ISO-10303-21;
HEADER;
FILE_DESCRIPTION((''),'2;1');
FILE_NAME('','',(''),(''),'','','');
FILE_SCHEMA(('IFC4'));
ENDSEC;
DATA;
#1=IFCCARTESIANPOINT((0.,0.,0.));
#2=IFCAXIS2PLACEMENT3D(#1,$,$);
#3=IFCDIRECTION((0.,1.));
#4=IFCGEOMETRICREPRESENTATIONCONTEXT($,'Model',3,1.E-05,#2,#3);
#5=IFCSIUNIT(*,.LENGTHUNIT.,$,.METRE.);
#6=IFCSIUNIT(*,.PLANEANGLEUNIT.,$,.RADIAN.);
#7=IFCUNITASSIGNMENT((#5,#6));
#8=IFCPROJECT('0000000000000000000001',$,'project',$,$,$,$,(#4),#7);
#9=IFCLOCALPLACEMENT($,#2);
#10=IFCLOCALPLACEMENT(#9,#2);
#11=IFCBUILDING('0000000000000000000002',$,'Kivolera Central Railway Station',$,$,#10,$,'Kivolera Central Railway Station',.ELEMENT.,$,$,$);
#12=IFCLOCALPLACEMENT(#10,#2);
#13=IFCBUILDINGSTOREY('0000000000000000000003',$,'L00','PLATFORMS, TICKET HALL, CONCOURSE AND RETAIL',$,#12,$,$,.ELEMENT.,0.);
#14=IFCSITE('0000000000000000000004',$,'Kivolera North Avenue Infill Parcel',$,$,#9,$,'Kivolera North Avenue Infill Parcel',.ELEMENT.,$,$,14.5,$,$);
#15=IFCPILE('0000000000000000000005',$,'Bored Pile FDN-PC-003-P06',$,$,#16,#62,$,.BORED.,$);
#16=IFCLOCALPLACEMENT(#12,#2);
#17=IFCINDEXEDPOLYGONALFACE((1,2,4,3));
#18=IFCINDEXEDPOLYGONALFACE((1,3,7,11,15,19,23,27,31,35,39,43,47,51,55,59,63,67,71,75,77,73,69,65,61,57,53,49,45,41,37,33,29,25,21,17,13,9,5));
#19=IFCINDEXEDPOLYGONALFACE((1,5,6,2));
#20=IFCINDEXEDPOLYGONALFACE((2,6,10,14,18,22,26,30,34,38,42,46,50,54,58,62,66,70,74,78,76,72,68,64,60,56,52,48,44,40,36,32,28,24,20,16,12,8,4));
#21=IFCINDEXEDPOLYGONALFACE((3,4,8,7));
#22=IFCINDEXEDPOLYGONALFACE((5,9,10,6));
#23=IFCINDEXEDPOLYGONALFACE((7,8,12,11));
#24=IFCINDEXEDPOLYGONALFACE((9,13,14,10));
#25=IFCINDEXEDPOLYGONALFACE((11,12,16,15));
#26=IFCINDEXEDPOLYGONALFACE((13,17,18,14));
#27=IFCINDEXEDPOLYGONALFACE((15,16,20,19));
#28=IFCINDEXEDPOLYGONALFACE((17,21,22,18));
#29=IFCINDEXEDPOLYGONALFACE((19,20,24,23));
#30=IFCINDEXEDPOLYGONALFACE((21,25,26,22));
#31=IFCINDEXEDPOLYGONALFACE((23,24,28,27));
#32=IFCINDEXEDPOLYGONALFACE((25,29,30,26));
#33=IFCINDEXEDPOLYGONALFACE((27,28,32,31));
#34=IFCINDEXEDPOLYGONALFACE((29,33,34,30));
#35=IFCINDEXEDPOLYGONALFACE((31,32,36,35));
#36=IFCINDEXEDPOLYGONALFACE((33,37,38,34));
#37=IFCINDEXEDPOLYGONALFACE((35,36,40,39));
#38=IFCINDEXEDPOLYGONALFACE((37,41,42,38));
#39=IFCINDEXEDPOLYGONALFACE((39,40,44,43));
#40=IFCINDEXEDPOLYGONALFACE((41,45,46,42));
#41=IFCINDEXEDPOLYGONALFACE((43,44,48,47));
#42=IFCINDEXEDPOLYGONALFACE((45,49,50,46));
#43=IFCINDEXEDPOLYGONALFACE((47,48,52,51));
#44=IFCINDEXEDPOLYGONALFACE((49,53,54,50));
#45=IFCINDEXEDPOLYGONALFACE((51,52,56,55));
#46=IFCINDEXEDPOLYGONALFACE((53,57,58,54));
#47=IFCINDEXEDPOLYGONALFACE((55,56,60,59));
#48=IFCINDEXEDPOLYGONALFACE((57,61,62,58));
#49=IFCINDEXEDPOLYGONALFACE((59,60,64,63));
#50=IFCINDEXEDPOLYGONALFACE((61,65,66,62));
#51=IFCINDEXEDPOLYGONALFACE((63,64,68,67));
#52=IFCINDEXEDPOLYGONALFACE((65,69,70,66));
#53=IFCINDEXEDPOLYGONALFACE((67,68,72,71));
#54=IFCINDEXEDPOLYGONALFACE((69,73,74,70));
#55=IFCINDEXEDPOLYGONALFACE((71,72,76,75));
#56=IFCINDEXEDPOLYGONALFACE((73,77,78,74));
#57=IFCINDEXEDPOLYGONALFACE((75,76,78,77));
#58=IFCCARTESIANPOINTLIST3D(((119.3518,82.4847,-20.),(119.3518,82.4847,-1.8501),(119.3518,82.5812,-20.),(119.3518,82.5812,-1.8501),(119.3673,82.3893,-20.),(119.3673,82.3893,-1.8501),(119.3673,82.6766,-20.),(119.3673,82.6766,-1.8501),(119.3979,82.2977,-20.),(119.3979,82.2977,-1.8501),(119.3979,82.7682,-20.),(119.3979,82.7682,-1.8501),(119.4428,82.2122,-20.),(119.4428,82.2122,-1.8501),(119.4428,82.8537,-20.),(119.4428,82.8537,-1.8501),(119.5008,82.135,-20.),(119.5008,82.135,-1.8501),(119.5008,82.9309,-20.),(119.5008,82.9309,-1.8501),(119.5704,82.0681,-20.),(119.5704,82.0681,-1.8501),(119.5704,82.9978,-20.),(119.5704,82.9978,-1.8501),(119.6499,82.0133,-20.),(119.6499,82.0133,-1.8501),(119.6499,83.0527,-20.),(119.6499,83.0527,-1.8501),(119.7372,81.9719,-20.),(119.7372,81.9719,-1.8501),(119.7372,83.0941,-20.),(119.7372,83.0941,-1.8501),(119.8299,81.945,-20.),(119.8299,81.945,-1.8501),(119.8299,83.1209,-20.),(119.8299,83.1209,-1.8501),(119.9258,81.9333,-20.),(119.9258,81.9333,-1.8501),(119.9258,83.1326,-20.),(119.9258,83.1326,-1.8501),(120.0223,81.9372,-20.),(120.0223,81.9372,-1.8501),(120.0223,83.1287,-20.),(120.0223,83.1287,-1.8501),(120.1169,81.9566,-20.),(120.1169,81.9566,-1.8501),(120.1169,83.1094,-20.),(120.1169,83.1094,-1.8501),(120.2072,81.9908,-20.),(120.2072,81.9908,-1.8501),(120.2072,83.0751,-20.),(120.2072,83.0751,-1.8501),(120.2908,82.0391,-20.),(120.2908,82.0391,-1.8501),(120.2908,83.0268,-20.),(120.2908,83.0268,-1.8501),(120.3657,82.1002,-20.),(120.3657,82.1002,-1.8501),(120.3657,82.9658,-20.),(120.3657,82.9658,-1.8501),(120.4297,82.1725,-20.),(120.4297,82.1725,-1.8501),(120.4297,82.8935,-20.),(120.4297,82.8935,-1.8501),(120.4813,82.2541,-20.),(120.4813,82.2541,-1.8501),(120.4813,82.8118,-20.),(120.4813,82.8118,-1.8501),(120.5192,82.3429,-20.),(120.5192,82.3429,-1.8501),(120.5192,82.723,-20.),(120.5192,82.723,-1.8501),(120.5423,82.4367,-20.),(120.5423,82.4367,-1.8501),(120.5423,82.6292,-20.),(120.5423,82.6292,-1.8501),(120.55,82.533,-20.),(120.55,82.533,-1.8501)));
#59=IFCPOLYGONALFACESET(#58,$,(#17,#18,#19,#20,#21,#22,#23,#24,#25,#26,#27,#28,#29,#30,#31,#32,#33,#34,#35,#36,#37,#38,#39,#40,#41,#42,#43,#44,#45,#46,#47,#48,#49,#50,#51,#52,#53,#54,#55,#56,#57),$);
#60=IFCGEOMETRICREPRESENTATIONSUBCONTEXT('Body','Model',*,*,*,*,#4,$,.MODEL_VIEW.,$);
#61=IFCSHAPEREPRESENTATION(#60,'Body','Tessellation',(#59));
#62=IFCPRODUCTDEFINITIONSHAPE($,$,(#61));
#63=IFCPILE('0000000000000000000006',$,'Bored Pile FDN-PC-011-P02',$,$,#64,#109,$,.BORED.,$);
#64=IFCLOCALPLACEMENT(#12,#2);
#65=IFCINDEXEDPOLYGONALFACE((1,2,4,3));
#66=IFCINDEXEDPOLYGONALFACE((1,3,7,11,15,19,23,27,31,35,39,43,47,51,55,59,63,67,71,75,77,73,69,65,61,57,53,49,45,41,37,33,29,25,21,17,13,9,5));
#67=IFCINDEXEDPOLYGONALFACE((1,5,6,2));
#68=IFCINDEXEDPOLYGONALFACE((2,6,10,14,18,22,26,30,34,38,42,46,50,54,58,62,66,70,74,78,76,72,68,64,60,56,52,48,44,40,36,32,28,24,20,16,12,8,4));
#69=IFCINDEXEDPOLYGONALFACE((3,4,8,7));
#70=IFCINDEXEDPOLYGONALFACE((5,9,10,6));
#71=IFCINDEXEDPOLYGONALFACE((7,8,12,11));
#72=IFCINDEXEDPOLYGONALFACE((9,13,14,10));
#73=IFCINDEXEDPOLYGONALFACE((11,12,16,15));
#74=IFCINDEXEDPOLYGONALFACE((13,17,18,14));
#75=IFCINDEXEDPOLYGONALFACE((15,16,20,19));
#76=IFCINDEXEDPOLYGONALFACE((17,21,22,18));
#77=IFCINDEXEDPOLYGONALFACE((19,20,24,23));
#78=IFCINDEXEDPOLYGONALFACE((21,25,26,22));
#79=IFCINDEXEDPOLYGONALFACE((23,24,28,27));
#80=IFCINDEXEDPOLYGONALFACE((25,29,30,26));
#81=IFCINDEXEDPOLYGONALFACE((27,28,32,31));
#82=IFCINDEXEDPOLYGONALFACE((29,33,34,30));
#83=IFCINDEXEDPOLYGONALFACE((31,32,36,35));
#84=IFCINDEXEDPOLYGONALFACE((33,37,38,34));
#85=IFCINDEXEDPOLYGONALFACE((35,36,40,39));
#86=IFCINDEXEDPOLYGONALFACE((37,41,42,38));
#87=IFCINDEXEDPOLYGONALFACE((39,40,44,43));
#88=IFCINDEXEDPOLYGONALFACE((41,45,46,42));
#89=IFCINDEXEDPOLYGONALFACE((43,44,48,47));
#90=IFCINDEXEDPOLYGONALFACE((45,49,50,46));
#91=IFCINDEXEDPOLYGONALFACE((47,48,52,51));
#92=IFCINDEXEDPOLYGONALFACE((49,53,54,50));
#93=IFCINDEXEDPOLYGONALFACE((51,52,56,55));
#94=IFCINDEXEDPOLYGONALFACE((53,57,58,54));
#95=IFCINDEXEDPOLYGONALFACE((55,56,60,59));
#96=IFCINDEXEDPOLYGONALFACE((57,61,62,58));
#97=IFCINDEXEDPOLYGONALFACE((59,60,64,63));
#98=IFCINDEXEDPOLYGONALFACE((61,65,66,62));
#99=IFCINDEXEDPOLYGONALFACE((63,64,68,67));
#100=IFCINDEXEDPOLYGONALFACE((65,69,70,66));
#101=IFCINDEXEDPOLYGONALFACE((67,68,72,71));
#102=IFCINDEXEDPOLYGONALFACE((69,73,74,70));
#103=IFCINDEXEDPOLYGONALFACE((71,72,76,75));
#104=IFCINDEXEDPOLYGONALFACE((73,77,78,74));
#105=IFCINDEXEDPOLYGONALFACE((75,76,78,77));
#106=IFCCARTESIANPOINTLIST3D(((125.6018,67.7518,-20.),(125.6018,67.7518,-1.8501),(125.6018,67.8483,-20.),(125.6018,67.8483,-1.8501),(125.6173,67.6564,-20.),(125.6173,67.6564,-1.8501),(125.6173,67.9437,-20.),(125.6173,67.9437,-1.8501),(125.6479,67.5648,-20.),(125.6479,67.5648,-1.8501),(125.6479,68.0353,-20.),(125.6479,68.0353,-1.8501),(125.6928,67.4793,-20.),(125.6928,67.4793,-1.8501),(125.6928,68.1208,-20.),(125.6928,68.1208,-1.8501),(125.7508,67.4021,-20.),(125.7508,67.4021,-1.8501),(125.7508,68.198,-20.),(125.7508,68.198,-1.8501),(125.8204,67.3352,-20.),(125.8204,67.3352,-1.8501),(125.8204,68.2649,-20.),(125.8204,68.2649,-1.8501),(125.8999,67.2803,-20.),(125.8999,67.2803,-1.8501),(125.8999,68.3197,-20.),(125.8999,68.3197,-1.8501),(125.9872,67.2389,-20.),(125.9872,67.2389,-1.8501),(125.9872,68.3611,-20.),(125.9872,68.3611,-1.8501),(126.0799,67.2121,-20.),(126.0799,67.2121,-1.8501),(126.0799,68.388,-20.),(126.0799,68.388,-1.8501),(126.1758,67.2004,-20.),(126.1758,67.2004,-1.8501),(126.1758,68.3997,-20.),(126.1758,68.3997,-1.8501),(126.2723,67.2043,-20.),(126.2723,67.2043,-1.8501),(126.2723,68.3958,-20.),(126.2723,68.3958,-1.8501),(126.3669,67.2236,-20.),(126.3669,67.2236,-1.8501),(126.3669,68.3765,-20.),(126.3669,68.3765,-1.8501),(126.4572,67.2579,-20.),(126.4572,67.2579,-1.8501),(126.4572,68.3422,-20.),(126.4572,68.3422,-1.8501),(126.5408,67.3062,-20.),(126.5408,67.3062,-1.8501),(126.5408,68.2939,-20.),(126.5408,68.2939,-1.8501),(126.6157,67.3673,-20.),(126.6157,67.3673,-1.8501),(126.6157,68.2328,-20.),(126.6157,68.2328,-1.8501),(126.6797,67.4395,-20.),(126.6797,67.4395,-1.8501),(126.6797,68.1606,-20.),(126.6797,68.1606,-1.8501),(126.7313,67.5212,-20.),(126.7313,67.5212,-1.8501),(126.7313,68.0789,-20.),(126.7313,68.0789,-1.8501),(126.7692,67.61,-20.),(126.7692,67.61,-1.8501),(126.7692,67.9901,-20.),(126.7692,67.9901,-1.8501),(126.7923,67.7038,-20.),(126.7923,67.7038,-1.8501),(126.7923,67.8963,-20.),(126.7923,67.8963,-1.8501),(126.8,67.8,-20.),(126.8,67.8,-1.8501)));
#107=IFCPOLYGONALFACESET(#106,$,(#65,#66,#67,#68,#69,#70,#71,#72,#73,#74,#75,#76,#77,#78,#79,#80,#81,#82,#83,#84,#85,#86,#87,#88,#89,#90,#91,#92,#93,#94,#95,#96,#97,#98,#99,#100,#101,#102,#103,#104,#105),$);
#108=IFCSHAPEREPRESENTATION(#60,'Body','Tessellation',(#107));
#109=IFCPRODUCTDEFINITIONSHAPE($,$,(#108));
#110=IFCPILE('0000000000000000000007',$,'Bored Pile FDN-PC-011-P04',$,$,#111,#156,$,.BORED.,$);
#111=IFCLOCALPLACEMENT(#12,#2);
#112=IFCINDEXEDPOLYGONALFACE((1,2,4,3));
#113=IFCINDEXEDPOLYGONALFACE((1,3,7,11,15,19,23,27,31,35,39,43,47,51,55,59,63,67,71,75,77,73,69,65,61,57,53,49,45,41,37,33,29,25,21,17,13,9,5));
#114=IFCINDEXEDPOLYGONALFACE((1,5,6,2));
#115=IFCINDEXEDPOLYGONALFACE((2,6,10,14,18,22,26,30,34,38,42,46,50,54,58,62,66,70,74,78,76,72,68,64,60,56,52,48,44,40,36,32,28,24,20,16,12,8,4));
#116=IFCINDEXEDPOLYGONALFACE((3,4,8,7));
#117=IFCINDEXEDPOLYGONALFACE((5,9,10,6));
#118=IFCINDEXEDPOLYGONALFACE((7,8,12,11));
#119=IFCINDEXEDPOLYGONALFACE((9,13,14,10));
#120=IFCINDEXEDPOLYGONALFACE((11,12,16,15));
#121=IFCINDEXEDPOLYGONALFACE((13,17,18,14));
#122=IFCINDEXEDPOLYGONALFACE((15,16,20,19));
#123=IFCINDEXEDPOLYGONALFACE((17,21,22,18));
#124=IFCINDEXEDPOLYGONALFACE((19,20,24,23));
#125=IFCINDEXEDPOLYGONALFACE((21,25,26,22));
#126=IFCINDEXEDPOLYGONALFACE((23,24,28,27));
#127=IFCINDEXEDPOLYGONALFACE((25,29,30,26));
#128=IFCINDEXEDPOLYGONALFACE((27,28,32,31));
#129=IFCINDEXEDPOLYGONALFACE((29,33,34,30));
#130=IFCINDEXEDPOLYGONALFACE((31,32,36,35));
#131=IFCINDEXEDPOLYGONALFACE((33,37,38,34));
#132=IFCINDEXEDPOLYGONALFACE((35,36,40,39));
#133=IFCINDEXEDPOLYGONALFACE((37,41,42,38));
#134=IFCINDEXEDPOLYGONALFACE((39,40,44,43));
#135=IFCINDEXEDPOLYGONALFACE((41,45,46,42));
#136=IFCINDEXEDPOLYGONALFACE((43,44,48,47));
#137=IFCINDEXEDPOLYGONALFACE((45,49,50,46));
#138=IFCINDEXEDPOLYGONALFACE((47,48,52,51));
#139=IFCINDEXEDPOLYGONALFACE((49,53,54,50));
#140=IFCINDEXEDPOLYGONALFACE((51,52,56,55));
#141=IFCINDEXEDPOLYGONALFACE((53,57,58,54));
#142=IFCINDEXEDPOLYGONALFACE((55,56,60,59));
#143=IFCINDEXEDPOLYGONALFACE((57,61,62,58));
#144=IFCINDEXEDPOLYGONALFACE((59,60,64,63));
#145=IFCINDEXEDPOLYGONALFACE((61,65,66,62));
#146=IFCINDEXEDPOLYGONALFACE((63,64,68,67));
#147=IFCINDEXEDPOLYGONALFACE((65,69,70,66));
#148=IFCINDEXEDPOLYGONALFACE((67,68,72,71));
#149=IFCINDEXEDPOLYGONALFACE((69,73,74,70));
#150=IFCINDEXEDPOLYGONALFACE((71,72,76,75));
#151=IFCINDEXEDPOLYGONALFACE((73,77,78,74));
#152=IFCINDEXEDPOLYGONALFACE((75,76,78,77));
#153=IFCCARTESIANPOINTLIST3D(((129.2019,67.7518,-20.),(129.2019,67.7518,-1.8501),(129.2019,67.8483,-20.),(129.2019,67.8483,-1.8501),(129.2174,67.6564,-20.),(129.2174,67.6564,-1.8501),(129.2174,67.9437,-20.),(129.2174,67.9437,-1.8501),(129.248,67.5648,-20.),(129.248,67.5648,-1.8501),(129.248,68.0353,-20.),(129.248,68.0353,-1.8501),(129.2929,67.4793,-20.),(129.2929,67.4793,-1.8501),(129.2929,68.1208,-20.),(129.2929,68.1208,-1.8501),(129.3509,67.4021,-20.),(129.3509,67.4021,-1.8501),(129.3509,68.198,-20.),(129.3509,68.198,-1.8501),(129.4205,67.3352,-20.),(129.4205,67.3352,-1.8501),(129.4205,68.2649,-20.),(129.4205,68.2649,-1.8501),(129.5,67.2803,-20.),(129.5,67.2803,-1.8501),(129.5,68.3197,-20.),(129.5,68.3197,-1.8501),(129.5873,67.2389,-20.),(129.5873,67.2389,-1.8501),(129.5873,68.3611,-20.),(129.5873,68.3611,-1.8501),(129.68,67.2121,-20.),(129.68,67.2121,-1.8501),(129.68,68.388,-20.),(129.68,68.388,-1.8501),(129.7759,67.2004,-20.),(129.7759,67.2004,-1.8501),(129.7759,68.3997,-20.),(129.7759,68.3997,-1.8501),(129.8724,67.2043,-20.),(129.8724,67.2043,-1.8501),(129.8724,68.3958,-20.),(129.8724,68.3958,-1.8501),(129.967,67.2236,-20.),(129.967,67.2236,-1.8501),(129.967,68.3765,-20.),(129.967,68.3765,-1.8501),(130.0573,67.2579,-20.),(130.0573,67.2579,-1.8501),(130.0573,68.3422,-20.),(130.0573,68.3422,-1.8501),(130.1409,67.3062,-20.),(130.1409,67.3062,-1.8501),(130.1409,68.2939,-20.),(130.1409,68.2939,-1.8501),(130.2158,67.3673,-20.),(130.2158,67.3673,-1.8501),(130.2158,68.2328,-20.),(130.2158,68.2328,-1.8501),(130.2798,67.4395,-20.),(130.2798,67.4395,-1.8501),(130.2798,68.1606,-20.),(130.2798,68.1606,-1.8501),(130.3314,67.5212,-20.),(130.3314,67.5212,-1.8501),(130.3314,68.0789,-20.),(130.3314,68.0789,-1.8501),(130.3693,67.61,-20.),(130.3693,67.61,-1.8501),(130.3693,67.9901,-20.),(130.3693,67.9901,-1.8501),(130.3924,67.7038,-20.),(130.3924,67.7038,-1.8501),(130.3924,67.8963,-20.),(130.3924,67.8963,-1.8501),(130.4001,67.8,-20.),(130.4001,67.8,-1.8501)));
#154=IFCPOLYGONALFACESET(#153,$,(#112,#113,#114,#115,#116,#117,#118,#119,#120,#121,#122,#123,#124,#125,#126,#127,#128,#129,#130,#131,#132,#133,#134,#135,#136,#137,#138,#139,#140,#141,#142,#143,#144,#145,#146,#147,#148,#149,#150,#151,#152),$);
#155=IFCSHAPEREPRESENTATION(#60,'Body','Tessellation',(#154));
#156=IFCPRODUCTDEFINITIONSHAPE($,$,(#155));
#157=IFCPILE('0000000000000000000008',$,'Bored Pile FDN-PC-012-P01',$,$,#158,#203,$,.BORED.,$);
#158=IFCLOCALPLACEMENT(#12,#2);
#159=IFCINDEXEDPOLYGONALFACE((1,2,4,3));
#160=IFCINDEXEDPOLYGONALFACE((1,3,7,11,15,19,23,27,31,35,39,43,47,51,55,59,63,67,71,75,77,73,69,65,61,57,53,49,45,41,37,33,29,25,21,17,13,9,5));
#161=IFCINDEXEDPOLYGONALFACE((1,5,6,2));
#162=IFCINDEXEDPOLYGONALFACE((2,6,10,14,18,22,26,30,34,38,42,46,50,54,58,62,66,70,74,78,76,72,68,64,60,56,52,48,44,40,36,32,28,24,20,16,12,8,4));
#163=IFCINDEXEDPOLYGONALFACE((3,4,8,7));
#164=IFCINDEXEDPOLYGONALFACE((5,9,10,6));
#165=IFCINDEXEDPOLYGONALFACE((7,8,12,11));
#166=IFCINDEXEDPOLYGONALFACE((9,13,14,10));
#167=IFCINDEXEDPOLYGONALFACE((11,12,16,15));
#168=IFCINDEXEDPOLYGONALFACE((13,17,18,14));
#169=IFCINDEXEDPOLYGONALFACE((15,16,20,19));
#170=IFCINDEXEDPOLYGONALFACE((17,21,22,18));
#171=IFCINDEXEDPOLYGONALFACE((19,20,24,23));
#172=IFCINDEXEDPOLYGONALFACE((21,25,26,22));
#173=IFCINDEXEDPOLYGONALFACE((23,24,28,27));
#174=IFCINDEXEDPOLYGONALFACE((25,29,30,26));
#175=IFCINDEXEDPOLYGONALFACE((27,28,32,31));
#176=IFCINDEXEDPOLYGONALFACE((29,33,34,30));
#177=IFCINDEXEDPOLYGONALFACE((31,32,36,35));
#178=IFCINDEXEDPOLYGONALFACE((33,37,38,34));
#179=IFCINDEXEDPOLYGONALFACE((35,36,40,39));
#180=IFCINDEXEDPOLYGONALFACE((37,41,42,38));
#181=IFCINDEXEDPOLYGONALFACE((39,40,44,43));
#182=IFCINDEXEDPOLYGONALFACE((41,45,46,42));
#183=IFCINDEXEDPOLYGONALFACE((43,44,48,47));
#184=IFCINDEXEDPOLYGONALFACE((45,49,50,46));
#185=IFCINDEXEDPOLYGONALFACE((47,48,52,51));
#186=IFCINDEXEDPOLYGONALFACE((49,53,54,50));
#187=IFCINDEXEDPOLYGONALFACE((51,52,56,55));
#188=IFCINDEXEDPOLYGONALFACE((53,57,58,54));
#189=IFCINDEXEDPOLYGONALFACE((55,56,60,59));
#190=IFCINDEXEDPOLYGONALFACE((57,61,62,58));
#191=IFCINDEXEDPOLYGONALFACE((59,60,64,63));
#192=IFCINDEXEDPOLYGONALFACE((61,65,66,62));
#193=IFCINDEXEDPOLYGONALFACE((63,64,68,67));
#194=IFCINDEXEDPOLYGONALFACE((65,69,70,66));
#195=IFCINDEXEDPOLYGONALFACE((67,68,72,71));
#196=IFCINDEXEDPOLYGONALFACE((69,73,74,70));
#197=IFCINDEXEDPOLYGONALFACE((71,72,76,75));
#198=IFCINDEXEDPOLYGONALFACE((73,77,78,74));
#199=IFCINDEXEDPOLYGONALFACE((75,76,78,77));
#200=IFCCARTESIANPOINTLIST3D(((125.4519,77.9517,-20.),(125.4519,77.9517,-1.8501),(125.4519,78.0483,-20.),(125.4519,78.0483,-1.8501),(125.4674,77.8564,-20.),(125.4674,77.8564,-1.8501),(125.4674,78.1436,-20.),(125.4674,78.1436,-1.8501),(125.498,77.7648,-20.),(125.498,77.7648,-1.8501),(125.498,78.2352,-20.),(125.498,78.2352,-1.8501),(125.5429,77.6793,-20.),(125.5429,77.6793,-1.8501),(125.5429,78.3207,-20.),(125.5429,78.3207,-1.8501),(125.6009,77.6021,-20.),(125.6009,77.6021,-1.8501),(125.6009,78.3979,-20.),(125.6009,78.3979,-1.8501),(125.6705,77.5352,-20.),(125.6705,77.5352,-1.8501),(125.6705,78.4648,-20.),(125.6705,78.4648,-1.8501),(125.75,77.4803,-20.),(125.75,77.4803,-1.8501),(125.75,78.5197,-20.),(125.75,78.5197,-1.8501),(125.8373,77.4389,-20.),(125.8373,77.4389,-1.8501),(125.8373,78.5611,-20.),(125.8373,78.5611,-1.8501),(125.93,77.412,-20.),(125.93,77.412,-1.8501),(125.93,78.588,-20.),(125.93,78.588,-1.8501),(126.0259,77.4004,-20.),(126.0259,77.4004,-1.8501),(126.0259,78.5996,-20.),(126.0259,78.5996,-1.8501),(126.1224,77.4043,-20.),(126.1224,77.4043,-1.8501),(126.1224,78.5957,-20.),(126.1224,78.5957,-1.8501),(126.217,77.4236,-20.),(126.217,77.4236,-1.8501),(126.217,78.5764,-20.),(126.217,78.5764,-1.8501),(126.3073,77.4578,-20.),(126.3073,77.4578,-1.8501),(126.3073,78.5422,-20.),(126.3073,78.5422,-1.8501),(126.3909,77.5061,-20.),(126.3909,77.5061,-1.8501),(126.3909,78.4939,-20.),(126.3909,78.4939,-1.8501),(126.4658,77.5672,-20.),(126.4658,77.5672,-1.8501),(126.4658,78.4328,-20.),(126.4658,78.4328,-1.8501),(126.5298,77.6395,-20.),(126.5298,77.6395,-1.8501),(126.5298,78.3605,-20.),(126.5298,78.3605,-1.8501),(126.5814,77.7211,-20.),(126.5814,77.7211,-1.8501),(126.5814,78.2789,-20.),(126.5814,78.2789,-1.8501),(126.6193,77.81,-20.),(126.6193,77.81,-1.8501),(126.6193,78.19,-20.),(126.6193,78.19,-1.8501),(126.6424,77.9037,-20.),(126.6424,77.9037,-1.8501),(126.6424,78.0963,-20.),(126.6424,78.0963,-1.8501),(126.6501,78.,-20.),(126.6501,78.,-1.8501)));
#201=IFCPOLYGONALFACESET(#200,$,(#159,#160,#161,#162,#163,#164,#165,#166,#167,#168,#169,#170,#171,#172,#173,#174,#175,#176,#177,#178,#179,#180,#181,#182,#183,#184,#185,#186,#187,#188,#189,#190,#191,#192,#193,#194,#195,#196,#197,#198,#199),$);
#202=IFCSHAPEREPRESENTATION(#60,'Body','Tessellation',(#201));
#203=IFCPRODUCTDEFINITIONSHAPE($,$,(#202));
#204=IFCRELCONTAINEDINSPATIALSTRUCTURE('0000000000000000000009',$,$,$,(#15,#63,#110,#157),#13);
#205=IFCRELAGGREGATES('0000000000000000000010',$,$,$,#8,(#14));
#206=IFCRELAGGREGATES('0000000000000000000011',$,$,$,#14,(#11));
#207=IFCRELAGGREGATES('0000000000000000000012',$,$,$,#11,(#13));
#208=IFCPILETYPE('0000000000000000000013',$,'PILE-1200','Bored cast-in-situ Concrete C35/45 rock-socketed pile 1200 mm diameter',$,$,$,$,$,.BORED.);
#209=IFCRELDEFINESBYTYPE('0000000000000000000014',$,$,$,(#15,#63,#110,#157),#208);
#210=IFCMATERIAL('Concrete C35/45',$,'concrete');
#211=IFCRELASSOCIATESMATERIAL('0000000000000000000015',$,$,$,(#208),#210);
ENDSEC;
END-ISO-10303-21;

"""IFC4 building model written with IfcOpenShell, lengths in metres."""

from ifc_helpers import new_model, si_unit, direction, frame, origin, origin_2d, place, context, subcontext, project, spatial, circle, extrude, material, material_profile, profile_set, type_object, element, save


model = new_model("IFC4")

# Units and contexts
model_context = context("Model", 3, precision=1e-05, world=origin(), true_north=direction((0.0, 1.0)))
body_context = subcontext(model_context, "Body", "Model", "MODEL_VIEW")
ifc_project = project(units=[si_unit("LENGTHUNIT", "METRE"), si_unit("PLANEANGLEUNIT", "RADIAN")], contexts=[model_context])

# Site, building, storey
site_placement = place(None, origin())
site = spatial("IfcSite", under=ifc_project, at=site_placement, Name="Kivolera North Avenue Infill Parcel", LongName="Kivolera North Avenue Infill Parcel", CompositionType="ELEMENT", RefElevation=14.5)
building_placement = place(site_placement, origin())
building = spatial("IfcBuilding", under=site, at=building_placement, Name="Kivolera Central Railway Station", LongName="Kivolera Central Railway Station", CompositionType="ELEMENT")
storey_placement = place(building_placement, origin())
storey = spatial("IfcBuildingStorey", under=building, at=storey_placement, Name="L00", Description="PLATFORMS, TICKET HALL, CONCOURSE AND RETAIL", CompositionType="ELEMENT", Elevation=0.0)

# Shared definitions
ifc_material_1 = material(Name="Concrete C35/45", Category="concrete")

# Piles
ifc_material_profile_1 = material_profile(ifc_material_1, circle(Radius=0.6001, at=origin_2d()), Name="PILE D1200")
ifc_profile_set_1 = profile_set([ifc_material_profile_1], Name="Concrete C35/45")
pile_type = type_object("IfcPileType", Name="PILE-1200", Description="Bored cast-in-situ Concrete C35/45 rock-socketed pile 1200 mm diameter", PredefinedType="BORED", material=ifc_profile_set_1)
for number, where, z_axis, x_axis, name in (
    (1, (119.95, 82.533, -1.8501), (0.0, 0.0, -1.0), (1.0, 0.0, 0.0), "Bored Pile FDN-PC-003-P06"),
    (2, (126.2, 67.8, -1.8501), (0.0, 0.0, -1.0), (1.0, 0.0, 0.0), "Bored Pile FDN-PC-011-P02"),
    (3, (129.8, 67.8, -1.8501), (0.0, 0.0, -1.0), (1.0, 0.0, 0.0), "Bored Pile FDN-PC-011-P04"),
    (4, (126.05, 78.0, -1.8501), (0.0, 0.0, -1.0), (1.0, 0.0, 0.0), "Bored Pile FDN-PC-012-P01"),
):
    element("IfcPile", number, at=place(storey_placement, frame(where, z_axis=z_axis, x_axis=x_axis)), inside=storey, type_object=pile_type, Name=name, PredefinedType="BORED", context=body_context, shape_type="SweptSolid", body=[
        extrude(circle(Radius=0.6001, at=origin_2d()), origin(), (0.0, 0.0, 1.0), 18.1499),
    ])

save(model, "model.ifc")
